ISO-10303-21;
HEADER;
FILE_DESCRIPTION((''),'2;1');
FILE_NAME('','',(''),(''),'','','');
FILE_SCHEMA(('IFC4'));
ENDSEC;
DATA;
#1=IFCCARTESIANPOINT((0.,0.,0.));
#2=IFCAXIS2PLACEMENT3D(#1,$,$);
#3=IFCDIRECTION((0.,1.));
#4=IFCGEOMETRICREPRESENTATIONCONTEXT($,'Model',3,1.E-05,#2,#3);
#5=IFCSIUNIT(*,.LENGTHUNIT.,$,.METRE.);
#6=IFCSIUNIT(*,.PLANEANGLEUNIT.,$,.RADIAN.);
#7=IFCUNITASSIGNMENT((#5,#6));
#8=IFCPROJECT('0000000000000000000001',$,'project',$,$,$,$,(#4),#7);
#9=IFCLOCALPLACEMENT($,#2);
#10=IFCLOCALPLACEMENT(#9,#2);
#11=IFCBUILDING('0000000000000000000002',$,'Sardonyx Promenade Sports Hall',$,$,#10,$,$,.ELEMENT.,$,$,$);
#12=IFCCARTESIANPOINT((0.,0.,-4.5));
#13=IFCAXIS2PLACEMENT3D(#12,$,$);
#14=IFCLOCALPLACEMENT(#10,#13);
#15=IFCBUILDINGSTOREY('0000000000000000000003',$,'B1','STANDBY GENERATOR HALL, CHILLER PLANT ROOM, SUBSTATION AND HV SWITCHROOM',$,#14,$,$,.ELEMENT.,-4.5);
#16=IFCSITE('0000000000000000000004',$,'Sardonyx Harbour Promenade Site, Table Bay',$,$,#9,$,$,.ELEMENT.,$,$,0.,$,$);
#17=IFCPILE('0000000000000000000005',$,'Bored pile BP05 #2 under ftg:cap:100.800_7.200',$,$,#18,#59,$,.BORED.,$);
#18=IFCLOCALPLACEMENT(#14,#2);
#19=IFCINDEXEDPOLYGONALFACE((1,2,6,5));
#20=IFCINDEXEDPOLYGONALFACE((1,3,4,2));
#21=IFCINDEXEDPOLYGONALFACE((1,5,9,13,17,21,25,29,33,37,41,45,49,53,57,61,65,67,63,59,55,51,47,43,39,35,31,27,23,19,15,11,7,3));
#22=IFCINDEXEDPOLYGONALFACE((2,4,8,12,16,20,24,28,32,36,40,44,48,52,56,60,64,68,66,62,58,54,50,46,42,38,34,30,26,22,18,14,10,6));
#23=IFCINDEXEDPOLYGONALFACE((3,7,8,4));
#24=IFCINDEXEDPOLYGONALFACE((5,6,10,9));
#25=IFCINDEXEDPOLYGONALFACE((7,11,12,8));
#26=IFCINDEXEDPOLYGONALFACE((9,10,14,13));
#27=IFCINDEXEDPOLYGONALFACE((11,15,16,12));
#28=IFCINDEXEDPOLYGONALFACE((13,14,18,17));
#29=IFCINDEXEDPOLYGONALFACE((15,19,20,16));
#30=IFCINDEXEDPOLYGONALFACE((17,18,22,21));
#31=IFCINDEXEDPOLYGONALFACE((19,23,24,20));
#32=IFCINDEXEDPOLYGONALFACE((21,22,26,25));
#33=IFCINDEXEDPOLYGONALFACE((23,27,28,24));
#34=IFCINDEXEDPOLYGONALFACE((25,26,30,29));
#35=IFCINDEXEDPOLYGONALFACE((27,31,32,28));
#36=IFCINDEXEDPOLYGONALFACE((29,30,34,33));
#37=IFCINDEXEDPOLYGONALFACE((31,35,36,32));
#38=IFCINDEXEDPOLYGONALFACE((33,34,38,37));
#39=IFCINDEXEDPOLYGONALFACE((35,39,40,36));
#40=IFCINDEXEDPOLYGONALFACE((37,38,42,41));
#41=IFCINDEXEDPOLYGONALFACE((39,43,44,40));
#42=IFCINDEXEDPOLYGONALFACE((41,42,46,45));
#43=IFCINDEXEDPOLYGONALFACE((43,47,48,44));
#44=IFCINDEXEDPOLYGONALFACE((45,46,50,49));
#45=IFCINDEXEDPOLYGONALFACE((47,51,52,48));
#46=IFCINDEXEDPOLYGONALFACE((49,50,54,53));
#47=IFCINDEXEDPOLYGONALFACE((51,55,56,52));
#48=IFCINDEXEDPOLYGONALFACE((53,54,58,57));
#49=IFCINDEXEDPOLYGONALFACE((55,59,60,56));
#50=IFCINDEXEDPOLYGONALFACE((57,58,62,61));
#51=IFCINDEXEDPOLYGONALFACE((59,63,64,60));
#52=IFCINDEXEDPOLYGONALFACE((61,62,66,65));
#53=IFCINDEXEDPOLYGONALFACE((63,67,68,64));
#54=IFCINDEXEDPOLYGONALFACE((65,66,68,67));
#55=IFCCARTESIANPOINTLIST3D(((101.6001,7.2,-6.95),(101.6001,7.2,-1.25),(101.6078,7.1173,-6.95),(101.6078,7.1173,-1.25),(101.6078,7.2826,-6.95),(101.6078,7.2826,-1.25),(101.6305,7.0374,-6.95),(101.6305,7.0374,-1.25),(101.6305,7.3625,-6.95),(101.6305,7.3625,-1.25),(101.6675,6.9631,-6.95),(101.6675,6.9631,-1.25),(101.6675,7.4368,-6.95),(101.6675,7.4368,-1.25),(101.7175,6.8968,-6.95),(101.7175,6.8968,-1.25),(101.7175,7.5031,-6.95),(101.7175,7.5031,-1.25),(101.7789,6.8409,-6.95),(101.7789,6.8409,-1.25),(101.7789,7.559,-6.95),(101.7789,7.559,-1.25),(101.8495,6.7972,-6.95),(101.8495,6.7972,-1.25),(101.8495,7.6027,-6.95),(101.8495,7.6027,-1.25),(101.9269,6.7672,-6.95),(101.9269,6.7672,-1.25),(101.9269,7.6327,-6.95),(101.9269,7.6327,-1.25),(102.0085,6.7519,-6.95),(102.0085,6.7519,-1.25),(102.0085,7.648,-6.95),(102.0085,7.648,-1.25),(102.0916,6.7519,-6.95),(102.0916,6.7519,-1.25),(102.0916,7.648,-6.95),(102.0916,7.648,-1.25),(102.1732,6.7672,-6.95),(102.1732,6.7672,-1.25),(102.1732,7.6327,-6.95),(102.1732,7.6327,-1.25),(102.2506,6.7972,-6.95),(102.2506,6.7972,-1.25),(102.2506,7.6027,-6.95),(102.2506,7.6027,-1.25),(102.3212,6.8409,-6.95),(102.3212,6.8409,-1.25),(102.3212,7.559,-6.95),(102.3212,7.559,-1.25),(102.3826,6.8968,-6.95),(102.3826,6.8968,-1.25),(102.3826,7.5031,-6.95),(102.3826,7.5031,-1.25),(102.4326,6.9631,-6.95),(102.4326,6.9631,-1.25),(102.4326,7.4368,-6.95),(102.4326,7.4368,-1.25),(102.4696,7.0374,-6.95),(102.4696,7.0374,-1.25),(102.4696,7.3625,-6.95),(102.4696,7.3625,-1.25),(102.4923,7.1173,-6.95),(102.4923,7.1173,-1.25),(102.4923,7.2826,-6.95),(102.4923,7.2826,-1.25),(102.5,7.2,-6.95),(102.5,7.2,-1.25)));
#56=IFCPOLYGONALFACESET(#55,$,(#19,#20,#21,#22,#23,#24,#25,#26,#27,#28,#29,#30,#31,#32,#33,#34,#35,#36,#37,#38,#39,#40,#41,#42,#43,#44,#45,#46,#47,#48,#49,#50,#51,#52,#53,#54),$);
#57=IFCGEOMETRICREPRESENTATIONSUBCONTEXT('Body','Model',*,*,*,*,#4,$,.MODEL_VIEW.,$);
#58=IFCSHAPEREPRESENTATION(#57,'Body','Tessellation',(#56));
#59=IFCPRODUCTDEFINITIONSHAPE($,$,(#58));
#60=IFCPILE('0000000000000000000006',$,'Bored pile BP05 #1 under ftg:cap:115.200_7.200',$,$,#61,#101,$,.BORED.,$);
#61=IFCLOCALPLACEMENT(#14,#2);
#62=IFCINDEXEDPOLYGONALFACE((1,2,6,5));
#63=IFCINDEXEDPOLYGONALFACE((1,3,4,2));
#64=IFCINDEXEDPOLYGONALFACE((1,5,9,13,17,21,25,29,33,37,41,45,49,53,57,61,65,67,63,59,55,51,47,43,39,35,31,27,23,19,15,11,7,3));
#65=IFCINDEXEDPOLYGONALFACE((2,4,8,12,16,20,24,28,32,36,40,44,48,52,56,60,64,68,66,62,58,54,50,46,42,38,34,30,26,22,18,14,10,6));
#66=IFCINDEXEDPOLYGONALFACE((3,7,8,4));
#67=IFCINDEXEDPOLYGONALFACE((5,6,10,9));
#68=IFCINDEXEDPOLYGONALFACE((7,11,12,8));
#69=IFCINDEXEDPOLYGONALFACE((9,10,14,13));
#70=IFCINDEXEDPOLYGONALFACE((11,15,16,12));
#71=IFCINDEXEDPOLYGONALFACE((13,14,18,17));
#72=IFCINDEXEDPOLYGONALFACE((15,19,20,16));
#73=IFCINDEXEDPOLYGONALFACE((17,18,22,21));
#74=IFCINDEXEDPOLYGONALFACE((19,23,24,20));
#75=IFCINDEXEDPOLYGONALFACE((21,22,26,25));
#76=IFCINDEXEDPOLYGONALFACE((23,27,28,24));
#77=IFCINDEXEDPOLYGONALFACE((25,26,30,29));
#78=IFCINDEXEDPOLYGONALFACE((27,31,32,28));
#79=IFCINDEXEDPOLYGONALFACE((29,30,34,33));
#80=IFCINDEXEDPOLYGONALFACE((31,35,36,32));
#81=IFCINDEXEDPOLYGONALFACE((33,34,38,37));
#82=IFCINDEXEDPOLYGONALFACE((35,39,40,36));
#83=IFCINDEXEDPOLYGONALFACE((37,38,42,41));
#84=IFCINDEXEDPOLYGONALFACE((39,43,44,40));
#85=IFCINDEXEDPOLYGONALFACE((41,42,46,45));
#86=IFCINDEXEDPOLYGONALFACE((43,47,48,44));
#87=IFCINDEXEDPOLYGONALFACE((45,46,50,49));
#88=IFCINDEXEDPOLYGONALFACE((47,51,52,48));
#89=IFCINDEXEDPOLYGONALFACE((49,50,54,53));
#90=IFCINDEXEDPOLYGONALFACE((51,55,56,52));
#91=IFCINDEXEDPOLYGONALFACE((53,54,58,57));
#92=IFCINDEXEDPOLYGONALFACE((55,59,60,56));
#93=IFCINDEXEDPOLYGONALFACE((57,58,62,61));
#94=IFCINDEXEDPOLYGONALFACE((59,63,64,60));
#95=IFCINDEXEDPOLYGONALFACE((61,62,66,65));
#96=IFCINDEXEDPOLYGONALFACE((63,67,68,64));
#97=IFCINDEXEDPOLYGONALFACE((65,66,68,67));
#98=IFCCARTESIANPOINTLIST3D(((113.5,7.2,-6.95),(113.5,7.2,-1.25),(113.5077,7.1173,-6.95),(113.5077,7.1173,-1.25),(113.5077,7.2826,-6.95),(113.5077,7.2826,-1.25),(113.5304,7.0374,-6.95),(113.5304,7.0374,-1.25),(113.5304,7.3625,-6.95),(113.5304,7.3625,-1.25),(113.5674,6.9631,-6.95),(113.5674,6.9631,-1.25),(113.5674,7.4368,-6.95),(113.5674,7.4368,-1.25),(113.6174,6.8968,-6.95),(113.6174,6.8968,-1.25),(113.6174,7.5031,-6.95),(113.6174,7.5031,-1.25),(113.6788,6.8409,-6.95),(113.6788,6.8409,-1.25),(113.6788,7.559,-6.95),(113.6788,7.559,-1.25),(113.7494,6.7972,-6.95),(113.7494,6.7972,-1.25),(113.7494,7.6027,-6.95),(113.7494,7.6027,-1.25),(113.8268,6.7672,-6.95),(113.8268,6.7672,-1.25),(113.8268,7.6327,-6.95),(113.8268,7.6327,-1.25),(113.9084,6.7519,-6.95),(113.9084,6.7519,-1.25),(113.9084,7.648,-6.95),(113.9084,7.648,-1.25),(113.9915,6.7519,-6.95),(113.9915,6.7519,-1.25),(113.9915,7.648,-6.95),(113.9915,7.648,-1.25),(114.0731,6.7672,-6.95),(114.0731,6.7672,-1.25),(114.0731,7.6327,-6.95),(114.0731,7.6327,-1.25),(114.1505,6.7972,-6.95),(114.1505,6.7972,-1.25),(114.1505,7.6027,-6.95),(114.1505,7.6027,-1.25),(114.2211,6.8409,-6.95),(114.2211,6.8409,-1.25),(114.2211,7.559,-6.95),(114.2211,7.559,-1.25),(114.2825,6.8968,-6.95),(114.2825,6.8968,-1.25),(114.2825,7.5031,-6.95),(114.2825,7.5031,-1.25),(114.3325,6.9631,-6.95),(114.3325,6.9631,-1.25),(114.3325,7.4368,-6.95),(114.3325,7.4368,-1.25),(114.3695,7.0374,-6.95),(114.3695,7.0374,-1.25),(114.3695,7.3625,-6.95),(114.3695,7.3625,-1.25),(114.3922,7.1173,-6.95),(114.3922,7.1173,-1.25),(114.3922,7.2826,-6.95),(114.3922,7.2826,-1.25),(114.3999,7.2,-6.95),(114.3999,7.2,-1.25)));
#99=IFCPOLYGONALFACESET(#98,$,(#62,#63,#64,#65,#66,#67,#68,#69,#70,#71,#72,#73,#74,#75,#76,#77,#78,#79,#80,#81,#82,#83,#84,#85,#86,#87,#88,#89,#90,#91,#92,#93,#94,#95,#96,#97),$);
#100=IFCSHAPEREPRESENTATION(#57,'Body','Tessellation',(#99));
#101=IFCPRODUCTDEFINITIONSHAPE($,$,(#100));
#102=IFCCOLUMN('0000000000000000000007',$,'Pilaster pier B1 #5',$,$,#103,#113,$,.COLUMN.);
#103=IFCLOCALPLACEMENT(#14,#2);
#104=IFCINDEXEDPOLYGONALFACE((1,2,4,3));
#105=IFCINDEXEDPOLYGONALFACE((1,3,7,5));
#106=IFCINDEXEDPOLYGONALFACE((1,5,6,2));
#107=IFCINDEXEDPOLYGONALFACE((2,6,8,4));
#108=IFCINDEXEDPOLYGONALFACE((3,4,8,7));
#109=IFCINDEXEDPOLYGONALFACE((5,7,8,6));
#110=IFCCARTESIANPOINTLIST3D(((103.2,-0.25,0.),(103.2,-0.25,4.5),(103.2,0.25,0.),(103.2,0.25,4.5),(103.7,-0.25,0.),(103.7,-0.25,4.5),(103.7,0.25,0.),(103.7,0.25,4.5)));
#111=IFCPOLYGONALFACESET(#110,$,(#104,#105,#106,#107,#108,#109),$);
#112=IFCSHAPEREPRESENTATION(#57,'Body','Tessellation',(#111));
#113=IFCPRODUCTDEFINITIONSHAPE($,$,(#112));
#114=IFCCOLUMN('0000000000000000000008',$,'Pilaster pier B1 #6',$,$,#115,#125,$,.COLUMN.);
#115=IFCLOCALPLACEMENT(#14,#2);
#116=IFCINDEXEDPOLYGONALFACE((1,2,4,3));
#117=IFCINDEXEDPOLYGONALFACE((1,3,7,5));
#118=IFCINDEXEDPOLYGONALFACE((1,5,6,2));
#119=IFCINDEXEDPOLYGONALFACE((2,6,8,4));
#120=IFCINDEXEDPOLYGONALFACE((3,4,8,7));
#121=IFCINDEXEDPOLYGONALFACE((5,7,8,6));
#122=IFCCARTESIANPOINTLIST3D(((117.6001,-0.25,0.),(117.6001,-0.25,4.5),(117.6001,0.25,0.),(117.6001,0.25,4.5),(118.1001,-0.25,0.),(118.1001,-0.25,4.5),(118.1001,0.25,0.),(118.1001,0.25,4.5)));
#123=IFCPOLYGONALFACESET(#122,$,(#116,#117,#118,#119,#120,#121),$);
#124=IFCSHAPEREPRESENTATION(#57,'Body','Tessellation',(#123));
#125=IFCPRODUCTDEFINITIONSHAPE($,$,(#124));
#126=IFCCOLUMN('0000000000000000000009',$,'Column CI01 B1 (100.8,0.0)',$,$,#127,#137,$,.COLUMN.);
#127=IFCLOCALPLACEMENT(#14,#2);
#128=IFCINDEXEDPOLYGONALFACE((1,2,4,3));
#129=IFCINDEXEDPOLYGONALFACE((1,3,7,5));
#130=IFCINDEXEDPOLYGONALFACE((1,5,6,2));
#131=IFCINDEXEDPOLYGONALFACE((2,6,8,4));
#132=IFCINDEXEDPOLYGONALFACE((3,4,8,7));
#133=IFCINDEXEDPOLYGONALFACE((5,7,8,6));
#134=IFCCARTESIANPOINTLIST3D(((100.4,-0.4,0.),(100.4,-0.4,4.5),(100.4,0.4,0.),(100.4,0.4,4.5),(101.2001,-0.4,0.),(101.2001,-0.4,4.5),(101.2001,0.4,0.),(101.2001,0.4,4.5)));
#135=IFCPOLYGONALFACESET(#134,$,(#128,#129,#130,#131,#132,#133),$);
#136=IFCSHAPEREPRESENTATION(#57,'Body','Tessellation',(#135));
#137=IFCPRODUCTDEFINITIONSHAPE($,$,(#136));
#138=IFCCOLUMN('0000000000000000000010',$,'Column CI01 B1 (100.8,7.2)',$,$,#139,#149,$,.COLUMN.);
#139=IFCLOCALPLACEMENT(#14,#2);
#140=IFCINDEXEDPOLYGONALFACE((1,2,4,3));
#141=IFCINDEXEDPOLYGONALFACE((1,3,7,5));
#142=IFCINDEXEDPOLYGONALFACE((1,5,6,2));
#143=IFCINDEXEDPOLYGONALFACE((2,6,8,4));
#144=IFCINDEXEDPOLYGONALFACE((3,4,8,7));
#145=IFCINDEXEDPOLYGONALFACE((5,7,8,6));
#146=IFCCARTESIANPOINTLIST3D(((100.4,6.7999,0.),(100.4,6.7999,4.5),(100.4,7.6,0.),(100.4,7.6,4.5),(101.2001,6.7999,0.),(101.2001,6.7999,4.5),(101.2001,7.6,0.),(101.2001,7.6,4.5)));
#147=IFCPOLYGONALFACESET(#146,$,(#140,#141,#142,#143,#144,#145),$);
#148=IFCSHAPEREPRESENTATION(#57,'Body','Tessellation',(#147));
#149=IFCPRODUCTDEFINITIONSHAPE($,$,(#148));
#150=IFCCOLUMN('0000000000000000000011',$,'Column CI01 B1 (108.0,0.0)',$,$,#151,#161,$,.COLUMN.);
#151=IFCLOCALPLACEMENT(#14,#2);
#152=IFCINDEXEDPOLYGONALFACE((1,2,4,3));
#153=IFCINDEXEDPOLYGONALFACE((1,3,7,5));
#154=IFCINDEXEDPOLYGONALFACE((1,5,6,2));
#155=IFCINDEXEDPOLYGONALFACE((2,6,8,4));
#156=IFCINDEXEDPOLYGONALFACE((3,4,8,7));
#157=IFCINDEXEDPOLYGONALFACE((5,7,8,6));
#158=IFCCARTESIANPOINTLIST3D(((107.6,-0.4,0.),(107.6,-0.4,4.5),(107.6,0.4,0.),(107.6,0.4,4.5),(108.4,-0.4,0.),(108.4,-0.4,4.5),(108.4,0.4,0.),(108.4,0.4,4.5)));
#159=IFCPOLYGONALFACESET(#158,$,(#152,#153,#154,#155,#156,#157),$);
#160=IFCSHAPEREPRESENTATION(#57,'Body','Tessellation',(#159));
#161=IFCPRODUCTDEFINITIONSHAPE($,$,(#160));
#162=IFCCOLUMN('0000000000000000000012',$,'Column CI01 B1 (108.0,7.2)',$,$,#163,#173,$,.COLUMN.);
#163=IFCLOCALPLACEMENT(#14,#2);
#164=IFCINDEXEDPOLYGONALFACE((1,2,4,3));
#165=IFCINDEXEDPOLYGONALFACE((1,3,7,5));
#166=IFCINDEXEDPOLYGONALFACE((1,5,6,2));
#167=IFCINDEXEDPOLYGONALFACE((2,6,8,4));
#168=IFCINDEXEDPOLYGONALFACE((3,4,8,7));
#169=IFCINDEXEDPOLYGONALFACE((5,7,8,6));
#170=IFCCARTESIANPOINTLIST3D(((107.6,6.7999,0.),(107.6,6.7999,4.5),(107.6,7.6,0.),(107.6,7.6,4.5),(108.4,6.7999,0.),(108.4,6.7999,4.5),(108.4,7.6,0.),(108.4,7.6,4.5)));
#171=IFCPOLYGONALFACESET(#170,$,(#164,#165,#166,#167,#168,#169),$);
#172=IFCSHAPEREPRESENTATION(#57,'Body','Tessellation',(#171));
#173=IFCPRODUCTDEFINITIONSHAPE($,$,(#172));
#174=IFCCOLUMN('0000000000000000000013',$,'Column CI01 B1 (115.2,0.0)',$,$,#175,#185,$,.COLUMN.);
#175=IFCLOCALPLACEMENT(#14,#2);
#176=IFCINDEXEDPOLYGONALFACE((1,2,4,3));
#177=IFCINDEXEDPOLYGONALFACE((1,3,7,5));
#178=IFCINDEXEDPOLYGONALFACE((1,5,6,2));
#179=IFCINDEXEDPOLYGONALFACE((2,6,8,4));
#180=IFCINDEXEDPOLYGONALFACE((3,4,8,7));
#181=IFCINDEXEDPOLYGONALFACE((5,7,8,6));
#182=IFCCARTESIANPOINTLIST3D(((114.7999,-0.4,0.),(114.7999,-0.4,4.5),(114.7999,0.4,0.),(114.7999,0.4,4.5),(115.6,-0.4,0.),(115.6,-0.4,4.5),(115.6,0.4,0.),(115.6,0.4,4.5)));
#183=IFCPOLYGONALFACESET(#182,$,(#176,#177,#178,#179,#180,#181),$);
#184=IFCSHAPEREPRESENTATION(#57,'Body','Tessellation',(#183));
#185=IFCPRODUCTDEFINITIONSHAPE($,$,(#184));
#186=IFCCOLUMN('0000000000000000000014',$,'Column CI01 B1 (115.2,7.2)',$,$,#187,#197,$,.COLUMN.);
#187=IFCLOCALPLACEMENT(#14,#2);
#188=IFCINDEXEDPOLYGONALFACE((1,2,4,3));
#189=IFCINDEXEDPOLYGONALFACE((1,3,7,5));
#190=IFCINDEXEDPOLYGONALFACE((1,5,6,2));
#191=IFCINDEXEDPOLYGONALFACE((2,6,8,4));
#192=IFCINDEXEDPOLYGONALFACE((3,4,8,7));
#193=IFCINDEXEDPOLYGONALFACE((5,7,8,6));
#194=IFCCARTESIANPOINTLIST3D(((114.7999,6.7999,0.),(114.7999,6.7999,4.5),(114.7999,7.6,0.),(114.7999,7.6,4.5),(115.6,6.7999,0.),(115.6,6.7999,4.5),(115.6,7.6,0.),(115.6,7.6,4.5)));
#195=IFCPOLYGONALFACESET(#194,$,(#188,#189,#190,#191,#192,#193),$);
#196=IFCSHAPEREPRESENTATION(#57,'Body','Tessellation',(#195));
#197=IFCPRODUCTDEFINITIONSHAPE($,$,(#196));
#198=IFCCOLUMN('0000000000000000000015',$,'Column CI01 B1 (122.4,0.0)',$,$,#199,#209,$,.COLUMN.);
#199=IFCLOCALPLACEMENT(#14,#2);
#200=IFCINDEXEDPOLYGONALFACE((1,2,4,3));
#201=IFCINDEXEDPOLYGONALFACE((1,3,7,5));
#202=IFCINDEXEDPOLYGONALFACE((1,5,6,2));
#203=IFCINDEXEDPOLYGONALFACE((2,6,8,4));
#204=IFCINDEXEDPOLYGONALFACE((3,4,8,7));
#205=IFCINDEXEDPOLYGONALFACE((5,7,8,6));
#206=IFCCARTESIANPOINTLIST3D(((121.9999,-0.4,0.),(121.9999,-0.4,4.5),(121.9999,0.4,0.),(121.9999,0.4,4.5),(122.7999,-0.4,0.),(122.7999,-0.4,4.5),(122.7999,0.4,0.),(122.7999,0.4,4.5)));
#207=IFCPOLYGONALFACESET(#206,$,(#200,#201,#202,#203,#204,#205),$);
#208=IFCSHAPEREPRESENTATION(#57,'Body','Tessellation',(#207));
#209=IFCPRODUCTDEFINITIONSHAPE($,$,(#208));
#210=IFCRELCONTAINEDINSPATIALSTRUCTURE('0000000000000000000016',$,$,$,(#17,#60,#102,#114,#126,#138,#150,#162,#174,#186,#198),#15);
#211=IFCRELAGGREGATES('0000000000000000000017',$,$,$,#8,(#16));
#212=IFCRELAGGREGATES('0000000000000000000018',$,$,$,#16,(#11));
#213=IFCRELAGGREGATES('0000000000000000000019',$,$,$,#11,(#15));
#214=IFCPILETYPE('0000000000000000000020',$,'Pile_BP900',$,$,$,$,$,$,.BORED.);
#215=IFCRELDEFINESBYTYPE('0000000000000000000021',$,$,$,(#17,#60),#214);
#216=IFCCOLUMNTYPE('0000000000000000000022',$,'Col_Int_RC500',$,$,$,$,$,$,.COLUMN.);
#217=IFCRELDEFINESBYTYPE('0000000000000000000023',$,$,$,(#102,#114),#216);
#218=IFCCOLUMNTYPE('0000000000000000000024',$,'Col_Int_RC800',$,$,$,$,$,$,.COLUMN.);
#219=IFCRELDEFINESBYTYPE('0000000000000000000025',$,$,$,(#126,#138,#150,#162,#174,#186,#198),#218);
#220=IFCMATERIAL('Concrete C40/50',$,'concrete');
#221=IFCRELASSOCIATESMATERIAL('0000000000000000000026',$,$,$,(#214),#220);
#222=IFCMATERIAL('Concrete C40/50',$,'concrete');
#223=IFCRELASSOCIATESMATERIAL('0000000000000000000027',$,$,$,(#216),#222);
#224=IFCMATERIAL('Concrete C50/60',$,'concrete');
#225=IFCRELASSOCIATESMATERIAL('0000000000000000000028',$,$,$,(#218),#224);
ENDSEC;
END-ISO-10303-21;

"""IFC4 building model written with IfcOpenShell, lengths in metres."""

from ifc_helpers import new_model, si_unit, direction, frame, origin, origin_2d, place, context, subcontext, project, spatial, rectangle, circle, extrude, material, material_profile, profile_set, type_object, element, save


model = new_model("IFC4")

# Units and contexts
model_context = context("Model", 3, precision=1e-05, world=origin(), true_north=direction((0.0, 1.0)))
body_context = subcontext(model_context, "Body", "Model", "MODEL_VIEW")
ifc_project = project(units=[si_unit("LENGTHUNIT", "METRE"), si_unit("PLANEANGLEUNIT", "RADIAN")], contexts=[model_context])

# Site, building, storey
site_placement = place(None, origin())
site = spatial("IfcSite", under=ifc_project, at=site_placement, Name="Sardonyx Harbour Promenade Site, Table Bay", CompositionType="ELEMENT", RefElevation=0.0)
building_placement = place(site_placement, origin())
building = spatial("IfcBuilding", under=site, at=building_placement, Name="Sardonyx Promenade Sports Hall", CompositionType="ELEMENT")
storey_placement = place(building_placement, frame((0.0, 0.0, -4.5)))
storey = spatial("IfcBuildingStorey", under=building, at=storey_placement, Name="B1", Description="STANDBY GENERATOR HALL, CHILLER PLANT ROOM, SUBSTATION AND HV SWITCHROOM", CompositionType="ELEMENT", Elevation=-4.5)

# Piles
ifc_material_1 = material(Name="Concrete C40/50", Category="concrete")
ifc_material_profile_1 = material_profile(ifc_material_1, circle(Radius=0.45, at=origin_2d()))
ifc_profile_set_1 = profile_set([ifc_material_profile_1], Name="Concrete C40/50")
pile_type_1 = type_object("IfcPileType", Name="Pile_BP900", PredefinedType="BORED", material=ifc_profile_set_1)
for number, where, z_axis, x_axis, name in (
    (1, (102.05, 7.2, -1.25), (0.0, 0.0, -1.0), (1.0, 0.0, 0.0), "Bored pile BP05 #2 under ftg:cap:100.800_7.200"),
    (2, (113.95, 7.2, -1.25), (0.0, 0.0, -1.0), (1.0, 0.0, 0.0), "Bored pile BP05 #1 under ftg:cap:115.200_7.200"),
):
    element("IfcPile", number, at=place(storey_placement, frame(where, z_axis=z_axis, x_axis=x_axis)), inside=storey, type_object=pile_type_1, Name=name, PredefinedType="BORED", context=body_context, shape_type="SweptSolid", body=[
        extrude(circle(Radius=0.45, at=origin_2d()), origin(), (0.0, 0.0, 1.0), 5.7),
    ])

# Columns
ifc_material_2 = material(Name="Concrete C40/50", Category="concrete")
ifc_material_profile_2 = material_profile(ifc_material_2, rectangle(XDim=0.5, YDim=0.5, at=origin_2d()))
ifc_profile_set_2 = profile_set([ifc_material_profile_2], Name="Concrete C40/50")
column_type_1 = type_object("IfcColumnType", Name="Col_Int_RC500", PredefinedType="COLUMN", material=ifc_profile_set_2)
for number, where, z_axis, x_axis, name in (
    (3, (103.45, 0.0, 0.0), (0.0, 0.0, 1.0), (1.0, 0.0, 0.0), "Pilaster pier B1 #5"),
    (4, (117.8501, 0.0, 0.0), (0.0, 0.0, 1.0), (1.0, 0.0, 0.0), "Pilaster pier B1 #6"),
):
    element("IfcColumn", number, at=place(storey_placement, frame(where, z_axis=z_axis, x_axis=x_axis)), inside=storey, type_object=column_type_1, Name=name, PredefinedType="COLUMN", context=body_context, shape_type="SweptSolid", body=[
        extrude(rectangle(XDim=0.5, YDim=0.5, at=origin_2d()), origin(), (0.0, 0.0, 1.0), 4.5),
    ])
ifc_material_3 = material(Name="Concrete C50/60", Category="concrete")
ifc_material_profile_3 = material_profile(ifc_material_3, rectangle(XDim=0.8, YDim=0.8, at=origin_2d()))
ifc_profile_set_3 = profile_set([ifc_material_profile_3], Name="Concrete C50/60")
column_type_2 = type_object("IfcColumnType", Name="Col_Int_RC800", PredefinedType="COLUMN", material=ifc_profile_set_3)
for number, where, z_axis, x_axis, name in (
    (5, (100.8, 0.0, 0.0), (0.0, 0.0, 1.0), (1.0, 0.0, 0.0), "Column CI01 B1 (100.8,0.0)"),
    (6, (100.8, 7.2, 0.0), (0.0, 0.0, 1.0), (1.0, 0.0, 0.0), "Column CI01 B1 (100.8,7.2)"),
    (7, (108.0, 0.0, 0.0), (0.0, 0.0, 1.0), (1.0, 0.0, 0.0), "Column CI01 B1 (108.0,0.0)"),
    (8, (108.0, 7.2, 0.0), (0.0, 0.0, 1.0), (1.0, 0.0, 0.0), "Column CI01 B1 (108.0,7.2)"),
    (9, (115.2, 0.0, 0.0), (0.0, 0.0, 1.0), (1.0, 0.0, 0.0), "Column CI01 B1 (115.2,0.0)"),
    (10, (115.2, 7.2, 0.0), (0.0, 0.0, 1.0), (1.0, 0.0, 0.0), "Column CI01 B1 (115.2,7.2)"),
    (11, (122.3999, 0.0, 0.0), (0.0, 0.0, 1.0), (1.0, 0.0, 0.0), "Column CI01 B1 (122.4,0.0)"),
):
    element("IfcColumn", number, at=place(storey_placement, frame(where, z_axis=z_axis, x_axis=x_axis)), inside=storey, type_object=column_type_2, Name=name, PredefinedType="COLUMN", context=body_context, shape_type="SweptSolid", body=[
        extrude(rectangle(XDim=0.8, YDim=0.8, at=origin_2d()), origin(), (0.0, 0.0, 1.0), 4.5),
    ])

save(model, "model.ifc")
